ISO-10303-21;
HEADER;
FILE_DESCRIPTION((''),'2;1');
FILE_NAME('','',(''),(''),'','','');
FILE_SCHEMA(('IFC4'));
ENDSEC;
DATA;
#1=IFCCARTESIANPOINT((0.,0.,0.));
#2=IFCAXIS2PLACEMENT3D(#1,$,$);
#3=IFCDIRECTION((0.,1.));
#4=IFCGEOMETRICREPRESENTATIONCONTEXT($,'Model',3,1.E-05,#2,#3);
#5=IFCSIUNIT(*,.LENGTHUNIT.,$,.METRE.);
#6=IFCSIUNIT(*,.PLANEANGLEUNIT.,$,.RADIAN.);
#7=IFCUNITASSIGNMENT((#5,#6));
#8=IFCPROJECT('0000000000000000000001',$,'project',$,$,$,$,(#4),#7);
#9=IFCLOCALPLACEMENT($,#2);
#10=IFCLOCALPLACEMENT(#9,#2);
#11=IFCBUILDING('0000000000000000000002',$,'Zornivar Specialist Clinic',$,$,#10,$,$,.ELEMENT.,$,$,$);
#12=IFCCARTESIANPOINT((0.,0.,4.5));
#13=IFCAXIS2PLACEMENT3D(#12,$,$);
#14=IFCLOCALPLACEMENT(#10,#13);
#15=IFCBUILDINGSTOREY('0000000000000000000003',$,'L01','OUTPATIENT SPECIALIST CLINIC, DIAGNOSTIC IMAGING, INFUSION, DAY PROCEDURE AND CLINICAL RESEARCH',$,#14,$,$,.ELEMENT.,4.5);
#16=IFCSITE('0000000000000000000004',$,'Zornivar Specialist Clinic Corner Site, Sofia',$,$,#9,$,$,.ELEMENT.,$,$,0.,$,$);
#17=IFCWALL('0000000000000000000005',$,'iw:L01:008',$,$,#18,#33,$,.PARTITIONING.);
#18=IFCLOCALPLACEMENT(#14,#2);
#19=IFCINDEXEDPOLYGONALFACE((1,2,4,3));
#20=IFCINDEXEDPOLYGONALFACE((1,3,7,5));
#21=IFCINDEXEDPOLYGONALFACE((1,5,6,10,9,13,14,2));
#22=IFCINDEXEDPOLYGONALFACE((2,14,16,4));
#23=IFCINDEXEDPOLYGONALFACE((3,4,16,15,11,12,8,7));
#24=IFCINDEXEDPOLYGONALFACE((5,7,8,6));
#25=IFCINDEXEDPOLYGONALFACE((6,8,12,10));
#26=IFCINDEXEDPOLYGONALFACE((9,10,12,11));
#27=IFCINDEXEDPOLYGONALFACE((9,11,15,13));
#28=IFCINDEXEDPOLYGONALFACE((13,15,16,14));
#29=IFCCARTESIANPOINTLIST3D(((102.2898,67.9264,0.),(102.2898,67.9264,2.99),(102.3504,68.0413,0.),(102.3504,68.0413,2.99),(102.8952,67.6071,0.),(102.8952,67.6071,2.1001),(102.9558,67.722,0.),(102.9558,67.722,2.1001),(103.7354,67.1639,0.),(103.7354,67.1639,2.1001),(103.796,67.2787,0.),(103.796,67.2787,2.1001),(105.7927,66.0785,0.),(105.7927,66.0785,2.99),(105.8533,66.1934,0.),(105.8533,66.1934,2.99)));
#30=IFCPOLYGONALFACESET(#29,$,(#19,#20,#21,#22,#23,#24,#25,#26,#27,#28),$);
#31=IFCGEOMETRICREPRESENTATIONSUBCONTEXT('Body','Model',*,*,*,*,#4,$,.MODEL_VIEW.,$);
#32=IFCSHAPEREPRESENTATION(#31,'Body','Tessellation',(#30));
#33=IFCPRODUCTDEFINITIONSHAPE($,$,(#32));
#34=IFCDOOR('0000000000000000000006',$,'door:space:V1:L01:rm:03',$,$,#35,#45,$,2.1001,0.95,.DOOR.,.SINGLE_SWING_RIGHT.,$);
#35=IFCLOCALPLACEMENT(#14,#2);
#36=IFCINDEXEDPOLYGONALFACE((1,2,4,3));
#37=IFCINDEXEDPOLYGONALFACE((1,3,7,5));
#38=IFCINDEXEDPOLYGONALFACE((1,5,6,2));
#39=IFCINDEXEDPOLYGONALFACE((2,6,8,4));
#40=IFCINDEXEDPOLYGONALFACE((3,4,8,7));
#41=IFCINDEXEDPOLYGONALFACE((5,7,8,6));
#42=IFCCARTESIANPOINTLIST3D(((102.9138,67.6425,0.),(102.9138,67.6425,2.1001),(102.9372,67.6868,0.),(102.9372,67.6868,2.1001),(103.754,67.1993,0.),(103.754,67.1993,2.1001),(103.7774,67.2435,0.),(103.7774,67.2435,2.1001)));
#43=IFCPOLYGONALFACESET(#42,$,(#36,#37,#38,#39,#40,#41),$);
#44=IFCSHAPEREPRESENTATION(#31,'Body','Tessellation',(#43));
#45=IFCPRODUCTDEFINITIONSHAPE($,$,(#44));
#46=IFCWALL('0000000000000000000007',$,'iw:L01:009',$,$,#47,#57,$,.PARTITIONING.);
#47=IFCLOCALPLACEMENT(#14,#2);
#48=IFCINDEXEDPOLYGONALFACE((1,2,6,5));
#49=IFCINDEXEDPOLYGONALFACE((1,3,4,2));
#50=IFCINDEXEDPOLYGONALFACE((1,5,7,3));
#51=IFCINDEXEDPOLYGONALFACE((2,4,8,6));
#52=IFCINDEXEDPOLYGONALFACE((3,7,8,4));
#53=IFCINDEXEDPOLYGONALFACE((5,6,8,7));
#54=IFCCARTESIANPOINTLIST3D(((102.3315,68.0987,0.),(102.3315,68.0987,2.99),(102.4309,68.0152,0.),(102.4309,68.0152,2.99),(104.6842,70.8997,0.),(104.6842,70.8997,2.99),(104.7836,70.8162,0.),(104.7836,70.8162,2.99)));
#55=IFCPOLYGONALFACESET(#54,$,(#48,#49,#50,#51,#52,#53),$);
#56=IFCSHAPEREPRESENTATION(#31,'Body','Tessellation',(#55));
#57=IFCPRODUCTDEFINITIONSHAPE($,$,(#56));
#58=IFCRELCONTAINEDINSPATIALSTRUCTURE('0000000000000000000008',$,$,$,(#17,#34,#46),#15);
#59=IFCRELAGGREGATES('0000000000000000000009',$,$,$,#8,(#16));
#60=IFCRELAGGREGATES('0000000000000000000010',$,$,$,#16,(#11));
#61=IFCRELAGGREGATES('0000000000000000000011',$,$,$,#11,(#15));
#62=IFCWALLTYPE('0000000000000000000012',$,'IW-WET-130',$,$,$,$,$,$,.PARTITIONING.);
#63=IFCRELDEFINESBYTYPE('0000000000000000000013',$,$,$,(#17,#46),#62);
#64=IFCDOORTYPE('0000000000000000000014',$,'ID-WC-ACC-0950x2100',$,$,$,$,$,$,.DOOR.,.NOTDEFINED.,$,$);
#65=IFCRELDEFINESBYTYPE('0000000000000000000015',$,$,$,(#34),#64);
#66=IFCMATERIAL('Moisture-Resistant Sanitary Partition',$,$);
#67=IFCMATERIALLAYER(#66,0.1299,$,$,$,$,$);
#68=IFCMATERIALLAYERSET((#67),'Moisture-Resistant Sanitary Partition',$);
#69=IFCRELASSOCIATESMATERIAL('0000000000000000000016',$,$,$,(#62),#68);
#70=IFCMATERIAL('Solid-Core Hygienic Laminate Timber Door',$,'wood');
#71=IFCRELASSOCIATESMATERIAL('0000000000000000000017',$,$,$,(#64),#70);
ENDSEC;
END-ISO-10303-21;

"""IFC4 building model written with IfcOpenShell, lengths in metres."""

from ifc_helpers import new_model, si_unit, direction, frame, frame_2d, origin, place, context, subcontext, project, spatial, rectangle, extrude, material, layer, layer_set, type_object, element, fill, save


model = new_model("IFC4")

# Units and contexts
model_context = context("Model", 3, precision=1e-05, world=origin(), true_north=direction((0.0, 1.0)))
body_context = subcontext(model_context, "Body", "Model", "MODEL_VIEW")
ifc_project = project(units=[si_unit("LENGTHUNIT", "METRE"), si_unit("PLANEANGLEUNIT", "RADIAN")], contexts=[model_context])

# Site, building, storey
site_placement = place(None, origin())
site = spatial("IfcSite", under=ifc_project, at=site_placement, Name="Zornivar Specialist Clinic Corner Site, Sofia", CompositionType="ELEMENT", RefElevation=0.0)
building_placement = place(site_placement, origin())
building = spatial("IfcBuilding", under=site, at=building_placement, Name="Zornivar Specialist Clinic", CompositionType="ELEMENT")
storey_placement = place(building_placement, frame((0.0, 0.0, 4.5)))
storey = spatial("IfcBuildingStorey", under=building, at=storey_placement, Name="L01", Description="OUTPATIENT SPECIALIST CLINIC, DIAGNOSTIC IMAGING, INFUSION, DAY PROCEDURE AND CLINICAL RESEARCH", CompositionType="ELEMENT", Elevation=4.5)

# Shared definitions
ifc_material_1 = material(Name="Moisture-Resistant Sanitary Partition")
ifc_layer_1 = layer(ifc_material_1, 0.1299)
ifc_layer_set_1 = layer_set([ifc_layer_1], Name="Moisture-Resistant Sanitary Partition")
wall_type_1 = type_object("IfcWallType", Name="IW-WET-130", PredefinedType="PARTITIONING", material=ifc_layer_set_1)

# Wall, opening, door
wall_1_placement = place(storey_placement, frame((105.823, 66.136, 0.0), z_axis=(0.0, 0.0, 1.0), x_axis=(-0.884475, 0.466587, 0.0)))
wall_1 = element("IfcWall", 1, at=wall_1_placement, inside=storey, type_object=wall_type_1, Name="iw:L01:008", PredefinedType="PARTITIONING", context=body_context, shape_type="SweptSolid", body=[
    extrude(rectangle(XDim=3.9604, YDim=0.1299, at=frame_2d((1.9802, 0.0))), origin(), (0.0, 0.0, 1.0), 2.99),
])
opening_1_placement = place(wall_1_placement, frame((2.3259, 0.0, 0.0)))
opening_1 = element("IfcOpeningElement", 2, at=opening_1_placement, cuts=wall_1, PredefinedType="OPENING", context=body_context, shape_type="SweptSolid", body=[
    extrude(rectangle(XDim=0.95, YDim=2.1001, at=frame_2d((0.4751, 1.05))), frame((0.0, 0.075, 0.0), z_axis=(0.0, -1.0, 0.0), x_axis=(1.0, 0.0, 0.0)), (0.0, 0.0, 1.0), 0.1499),
])
ifc_material_2 = material(Name="Solid-Core Hygienic Laminate Timber Door", Category="wood")
door_type_1 = type_object("IfcDoorType", Name="ID-WC-ACC-0950x2100", OperationType="NOTDEFINED", PredefinedType="DOOR", material=ifc_material_2)
door_1_placement = place(opening_1_placement, origin())
door_1 = element("IfcDoor", 3, at=door_1_placement, inside=storey, type_object=door_type_1, Name="door:space:V1:L01:rm:03", OperationType="SINGLE_SWING_RIGHT", OverallHeight=2.1001, OverallWidth=0.95, PredefinedType="DOOR", context=body_context, shape_type="SweptSolid", body=[
    extrude(rectangle(XDim=0.95, YDim=2.1001, at=frame_2d((0.4751, 1.05))), frame((0.0, 0.0249, 0.0), z_axis=(0.0, -1.0, 0.0), x_axis=(1.0, 0.0, 0.0)), (0.0, 0.0, 1.0), 0.05),
])
fill(opening_1, door_1)

# Wall
wall_2_placement = place(storey_placement, frame((102.3811, 68.0569, 0.0), z_axis=(0.0, 0.0, 1.0), x_axis=(0.64318, 0.765715, 0.0)))
element("IfcWall", 4, at=wall_2_placement, inside=storey, type_object=wall_type_1, Name="iw:L01:009", PredefinedType="PARTITIONING", context=body_context, shape_type="SweptSolid", body=[
    extrude(rectangle(XDim=3.658, YDim=0.1299, at=frame_2d((1.8291, 0.0))), origin(), (0.0, 0.0, 1.0), 2.99),
])

save(model, "model.ifc")
